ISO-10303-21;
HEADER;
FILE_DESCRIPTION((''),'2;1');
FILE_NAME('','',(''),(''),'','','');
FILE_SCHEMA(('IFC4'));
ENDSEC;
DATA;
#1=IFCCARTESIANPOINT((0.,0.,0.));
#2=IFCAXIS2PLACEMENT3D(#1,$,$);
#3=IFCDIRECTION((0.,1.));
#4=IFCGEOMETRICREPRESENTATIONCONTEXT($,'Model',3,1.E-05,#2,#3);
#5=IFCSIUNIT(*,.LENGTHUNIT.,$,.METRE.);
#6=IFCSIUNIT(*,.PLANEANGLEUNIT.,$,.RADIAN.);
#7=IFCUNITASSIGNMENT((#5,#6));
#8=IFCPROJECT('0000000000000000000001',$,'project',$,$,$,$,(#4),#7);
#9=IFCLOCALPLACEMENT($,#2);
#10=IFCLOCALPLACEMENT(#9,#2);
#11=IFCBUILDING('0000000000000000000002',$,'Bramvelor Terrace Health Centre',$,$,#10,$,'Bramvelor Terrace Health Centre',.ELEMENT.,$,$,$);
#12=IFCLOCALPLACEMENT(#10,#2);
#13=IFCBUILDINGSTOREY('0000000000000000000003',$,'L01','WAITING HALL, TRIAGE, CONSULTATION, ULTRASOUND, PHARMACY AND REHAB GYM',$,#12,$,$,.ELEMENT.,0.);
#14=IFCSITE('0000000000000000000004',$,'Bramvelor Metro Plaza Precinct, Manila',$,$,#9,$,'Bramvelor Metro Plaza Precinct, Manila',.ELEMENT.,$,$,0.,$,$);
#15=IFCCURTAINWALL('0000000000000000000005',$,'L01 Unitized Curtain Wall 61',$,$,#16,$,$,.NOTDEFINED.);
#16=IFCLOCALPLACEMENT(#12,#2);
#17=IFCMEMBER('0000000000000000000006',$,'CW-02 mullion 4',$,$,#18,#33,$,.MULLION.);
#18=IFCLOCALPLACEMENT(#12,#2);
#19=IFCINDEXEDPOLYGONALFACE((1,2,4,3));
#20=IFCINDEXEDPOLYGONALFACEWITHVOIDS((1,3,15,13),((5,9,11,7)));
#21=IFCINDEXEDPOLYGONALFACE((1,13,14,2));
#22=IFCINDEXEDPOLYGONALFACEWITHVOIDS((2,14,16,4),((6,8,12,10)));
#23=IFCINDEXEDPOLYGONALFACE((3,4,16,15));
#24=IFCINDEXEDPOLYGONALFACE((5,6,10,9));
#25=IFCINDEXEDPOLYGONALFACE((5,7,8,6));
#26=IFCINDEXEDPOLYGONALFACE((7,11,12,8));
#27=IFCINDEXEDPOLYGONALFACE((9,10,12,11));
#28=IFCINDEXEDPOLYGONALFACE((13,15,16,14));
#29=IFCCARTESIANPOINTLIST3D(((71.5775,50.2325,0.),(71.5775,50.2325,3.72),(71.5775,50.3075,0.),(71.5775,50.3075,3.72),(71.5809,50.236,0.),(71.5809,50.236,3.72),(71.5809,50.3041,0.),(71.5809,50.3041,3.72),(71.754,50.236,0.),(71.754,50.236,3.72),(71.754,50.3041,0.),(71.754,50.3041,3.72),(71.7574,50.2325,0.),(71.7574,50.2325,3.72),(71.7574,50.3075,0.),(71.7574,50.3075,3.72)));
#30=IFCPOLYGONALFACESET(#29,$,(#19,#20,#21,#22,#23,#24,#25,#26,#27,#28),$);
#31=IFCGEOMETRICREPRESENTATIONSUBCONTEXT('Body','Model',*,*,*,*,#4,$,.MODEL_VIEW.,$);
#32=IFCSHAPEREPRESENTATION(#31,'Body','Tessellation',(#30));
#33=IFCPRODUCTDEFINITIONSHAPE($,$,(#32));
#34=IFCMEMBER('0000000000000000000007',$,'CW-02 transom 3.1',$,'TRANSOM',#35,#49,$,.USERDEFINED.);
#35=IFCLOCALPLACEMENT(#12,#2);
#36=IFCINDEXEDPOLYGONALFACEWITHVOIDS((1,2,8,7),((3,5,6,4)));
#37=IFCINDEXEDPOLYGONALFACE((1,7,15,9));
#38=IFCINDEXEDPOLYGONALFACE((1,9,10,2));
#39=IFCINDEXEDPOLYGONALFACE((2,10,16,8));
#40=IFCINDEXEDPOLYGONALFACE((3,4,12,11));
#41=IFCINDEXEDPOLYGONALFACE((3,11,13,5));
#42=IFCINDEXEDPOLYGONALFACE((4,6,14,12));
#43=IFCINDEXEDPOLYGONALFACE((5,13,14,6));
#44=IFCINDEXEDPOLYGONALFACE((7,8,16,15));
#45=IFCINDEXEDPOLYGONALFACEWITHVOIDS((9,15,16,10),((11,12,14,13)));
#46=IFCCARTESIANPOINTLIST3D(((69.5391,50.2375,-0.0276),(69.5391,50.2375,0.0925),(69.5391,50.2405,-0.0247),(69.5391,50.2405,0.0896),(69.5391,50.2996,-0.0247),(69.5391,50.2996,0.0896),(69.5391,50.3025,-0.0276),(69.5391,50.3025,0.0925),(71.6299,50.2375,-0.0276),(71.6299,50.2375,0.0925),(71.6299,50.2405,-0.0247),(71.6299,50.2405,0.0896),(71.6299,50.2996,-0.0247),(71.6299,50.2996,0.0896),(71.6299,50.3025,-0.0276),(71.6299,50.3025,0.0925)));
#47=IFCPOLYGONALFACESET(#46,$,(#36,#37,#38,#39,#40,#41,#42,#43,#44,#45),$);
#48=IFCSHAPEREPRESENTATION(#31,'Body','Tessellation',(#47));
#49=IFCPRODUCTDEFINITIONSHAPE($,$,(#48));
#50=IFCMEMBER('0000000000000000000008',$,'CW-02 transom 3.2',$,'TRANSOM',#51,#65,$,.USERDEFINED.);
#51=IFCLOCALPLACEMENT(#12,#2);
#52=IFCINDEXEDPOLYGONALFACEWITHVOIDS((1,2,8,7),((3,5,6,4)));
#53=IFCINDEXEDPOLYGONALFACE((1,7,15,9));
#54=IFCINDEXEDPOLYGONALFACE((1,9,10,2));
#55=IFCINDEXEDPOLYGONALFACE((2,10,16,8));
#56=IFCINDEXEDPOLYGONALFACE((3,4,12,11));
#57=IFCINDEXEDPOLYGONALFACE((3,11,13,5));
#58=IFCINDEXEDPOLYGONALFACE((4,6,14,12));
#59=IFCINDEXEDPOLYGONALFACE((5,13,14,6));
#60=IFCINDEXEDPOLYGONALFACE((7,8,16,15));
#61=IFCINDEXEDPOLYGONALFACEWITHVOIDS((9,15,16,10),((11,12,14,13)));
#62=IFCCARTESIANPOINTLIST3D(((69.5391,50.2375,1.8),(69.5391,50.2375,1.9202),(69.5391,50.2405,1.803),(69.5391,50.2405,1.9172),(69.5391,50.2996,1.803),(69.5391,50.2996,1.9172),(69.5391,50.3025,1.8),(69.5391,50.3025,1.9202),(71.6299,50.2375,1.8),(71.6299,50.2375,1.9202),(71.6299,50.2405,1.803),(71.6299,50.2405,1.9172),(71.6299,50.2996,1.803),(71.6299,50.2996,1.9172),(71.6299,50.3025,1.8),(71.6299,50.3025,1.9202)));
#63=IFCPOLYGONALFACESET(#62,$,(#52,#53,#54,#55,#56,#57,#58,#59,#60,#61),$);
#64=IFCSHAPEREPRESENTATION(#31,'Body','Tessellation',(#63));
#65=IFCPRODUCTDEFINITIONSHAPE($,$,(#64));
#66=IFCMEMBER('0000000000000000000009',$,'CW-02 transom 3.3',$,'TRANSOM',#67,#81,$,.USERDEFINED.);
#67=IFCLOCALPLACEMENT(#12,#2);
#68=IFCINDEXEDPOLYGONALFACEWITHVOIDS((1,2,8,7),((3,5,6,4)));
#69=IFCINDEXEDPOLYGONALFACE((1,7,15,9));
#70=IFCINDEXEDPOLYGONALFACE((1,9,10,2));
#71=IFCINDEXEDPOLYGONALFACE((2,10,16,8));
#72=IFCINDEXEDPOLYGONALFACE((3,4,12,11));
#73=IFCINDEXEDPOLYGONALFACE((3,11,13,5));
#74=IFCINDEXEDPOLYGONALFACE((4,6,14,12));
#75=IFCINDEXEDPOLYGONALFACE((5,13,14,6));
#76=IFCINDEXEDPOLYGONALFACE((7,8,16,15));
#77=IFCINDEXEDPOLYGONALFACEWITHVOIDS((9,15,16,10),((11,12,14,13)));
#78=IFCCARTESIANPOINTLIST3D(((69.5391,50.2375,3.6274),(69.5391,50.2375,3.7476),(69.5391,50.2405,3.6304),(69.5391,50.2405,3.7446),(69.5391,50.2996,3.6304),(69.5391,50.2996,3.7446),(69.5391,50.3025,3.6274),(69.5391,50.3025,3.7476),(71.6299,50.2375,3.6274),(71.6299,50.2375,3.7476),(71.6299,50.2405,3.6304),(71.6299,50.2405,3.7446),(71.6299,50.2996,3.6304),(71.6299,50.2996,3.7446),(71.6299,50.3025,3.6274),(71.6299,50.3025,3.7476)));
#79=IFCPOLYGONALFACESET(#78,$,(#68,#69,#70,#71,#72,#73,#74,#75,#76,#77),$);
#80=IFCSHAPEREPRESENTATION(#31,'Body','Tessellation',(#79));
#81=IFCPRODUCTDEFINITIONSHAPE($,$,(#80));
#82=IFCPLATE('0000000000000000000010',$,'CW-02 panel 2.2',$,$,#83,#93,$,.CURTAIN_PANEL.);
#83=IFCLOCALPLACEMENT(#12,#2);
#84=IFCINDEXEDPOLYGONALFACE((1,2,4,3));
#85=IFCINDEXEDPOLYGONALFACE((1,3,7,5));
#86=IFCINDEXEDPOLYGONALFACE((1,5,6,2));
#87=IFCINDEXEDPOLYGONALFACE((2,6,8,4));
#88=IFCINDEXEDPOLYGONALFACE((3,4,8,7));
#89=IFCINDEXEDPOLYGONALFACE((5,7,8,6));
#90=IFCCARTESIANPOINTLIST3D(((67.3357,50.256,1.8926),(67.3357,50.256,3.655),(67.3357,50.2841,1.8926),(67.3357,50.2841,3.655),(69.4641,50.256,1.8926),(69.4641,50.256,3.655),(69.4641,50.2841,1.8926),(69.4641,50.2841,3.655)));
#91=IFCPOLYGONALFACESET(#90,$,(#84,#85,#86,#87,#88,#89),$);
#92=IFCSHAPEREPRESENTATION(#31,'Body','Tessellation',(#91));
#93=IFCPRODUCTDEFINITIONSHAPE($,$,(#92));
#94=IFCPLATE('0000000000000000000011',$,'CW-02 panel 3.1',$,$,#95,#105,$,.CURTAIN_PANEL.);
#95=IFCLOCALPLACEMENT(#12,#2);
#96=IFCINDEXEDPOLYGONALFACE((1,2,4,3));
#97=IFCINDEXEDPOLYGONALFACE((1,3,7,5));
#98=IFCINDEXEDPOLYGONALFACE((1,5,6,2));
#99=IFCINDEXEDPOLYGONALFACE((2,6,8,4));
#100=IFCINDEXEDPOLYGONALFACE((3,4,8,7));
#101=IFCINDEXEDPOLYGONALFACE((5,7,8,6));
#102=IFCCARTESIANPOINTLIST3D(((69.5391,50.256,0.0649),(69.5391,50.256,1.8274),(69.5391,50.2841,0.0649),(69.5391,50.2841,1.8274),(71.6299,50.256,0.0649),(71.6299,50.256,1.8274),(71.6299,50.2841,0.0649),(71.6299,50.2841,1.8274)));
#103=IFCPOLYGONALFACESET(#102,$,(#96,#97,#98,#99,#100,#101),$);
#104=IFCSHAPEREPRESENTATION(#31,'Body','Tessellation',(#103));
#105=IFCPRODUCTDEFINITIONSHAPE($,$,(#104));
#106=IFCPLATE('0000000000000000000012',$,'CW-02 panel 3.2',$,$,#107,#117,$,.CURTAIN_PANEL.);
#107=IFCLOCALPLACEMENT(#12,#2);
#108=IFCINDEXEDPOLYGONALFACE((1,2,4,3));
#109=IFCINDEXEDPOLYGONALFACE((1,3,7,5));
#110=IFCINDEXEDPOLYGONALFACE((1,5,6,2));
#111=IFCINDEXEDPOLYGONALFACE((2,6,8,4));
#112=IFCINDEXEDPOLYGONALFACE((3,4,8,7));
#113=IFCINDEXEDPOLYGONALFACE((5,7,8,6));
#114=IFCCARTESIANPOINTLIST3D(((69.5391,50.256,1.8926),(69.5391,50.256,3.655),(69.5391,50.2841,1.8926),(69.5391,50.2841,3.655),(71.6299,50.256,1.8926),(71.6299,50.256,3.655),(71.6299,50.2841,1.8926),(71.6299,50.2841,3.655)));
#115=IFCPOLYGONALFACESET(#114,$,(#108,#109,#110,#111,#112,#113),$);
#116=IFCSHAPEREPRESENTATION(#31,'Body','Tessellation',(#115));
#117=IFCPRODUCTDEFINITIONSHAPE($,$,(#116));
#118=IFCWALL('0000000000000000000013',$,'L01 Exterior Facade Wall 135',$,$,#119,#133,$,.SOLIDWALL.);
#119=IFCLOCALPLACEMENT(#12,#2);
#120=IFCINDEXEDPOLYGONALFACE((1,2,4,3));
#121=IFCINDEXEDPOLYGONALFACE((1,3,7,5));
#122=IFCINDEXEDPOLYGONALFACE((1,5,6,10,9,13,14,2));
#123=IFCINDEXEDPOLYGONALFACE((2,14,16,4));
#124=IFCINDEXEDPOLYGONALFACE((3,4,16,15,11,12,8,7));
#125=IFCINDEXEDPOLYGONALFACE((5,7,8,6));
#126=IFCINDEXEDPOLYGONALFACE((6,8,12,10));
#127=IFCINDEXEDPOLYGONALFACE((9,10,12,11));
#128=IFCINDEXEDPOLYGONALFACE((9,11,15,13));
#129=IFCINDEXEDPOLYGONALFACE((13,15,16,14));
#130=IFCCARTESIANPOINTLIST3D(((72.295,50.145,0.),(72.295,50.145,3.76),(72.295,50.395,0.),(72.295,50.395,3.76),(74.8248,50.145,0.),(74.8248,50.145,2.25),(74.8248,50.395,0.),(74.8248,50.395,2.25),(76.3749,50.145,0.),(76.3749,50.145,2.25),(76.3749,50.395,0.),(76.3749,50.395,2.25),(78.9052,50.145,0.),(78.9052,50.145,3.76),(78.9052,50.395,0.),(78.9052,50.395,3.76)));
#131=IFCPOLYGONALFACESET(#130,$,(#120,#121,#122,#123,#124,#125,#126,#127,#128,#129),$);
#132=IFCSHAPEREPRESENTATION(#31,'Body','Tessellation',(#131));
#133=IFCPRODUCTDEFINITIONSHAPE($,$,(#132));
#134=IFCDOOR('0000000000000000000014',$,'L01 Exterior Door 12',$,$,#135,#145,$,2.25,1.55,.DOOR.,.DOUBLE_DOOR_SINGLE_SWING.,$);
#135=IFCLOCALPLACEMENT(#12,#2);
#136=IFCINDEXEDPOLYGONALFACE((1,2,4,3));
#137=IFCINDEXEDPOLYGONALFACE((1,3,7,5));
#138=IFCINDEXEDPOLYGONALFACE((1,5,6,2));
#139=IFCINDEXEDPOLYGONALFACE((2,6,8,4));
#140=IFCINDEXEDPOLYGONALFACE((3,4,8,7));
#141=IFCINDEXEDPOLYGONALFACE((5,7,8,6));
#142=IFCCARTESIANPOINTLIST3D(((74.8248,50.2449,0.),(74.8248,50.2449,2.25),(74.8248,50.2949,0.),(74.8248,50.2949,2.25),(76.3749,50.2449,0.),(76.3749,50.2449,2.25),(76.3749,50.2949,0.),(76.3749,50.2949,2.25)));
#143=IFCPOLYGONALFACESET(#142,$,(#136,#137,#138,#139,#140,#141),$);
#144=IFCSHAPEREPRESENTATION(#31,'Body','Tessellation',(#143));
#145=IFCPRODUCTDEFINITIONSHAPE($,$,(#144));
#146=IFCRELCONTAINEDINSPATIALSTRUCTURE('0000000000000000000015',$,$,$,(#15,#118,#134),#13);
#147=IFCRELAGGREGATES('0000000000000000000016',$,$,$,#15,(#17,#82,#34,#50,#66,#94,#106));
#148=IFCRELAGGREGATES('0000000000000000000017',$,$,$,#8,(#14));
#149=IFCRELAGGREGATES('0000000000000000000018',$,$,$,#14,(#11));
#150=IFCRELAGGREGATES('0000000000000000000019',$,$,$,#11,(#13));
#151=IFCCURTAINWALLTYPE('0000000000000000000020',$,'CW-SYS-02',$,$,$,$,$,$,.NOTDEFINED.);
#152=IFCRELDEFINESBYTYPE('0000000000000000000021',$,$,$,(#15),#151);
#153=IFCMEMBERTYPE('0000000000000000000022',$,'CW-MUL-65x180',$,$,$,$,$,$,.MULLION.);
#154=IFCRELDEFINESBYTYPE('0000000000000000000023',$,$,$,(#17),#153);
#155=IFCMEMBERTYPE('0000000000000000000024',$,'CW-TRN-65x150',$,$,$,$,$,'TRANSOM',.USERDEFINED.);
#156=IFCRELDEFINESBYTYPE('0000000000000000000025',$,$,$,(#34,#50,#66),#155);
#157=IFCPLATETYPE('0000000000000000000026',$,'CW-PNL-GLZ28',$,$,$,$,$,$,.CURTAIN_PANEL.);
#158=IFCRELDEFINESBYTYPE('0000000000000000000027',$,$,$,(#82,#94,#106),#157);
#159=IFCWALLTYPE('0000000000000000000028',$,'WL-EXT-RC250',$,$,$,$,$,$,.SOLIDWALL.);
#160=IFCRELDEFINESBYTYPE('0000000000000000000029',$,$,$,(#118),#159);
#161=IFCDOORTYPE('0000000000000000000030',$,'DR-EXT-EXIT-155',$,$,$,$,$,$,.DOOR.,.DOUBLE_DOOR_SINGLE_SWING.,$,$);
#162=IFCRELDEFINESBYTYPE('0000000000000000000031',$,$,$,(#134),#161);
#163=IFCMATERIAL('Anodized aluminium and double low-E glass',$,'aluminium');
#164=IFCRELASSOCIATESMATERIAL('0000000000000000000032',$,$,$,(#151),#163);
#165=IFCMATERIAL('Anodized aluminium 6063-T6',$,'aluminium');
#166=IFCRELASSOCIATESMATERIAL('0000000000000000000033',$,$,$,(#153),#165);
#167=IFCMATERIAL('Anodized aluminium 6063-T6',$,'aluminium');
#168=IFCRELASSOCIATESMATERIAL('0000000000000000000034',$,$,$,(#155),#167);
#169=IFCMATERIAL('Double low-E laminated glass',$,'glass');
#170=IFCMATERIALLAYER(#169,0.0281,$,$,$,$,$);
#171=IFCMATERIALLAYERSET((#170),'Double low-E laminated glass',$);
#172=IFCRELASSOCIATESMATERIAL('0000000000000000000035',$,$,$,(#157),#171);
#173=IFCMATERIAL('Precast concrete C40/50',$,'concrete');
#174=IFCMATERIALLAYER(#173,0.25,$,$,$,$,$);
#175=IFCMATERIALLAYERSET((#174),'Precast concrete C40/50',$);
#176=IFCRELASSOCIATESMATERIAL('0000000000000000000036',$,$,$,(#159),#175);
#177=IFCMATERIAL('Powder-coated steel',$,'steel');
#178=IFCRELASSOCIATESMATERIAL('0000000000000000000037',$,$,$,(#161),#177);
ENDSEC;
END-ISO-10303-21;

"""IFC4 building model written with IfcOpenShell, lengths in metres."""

from ifc_helpers import new_model, si_unit, direction, frame, frame_2d, origin, origin_2d, place, context, subcontext, project, spatial, rectangle, hollow_rectangle, extrude, material, layer, layer_set, material_profile, profile_set, type_object, element, fill, aggregate, save


model = new_model("IFC4")

# Units and contexts
model_context = context("Model", 3, precision=1e-05, world=origin(), true_north=direction((0.0, 1.0)))
body_context = subcontext(model_context, "Body", "Model", "MODEL_VIEW")
ifc_project = project(units=[si_unit("LENGTHUNIT", "METRE"), si_unit("PLANEANGLEUNIT", "RADIAN")], contexts=[model_context])

# Site, building, storey
site_placement = place(None, origin())
site = spatial("IfcSite", under=ifc_project, at=site_placement, Name="Bramvelor Metro Plaza Precinct, Manila", LongName="Bramvelor Metro Plaza Precinct, Manila", CompositionType="ELEMENT", RefElevation=0.0)
building_placement = place(site_placement, origin())
building = spatial("IfcBuilding", under=site, at=building_placement, Name="Bramvelor Terrace Health Centre", LongName="Bramvelor Terrace Health Centre", CompositionType="ELEMENT")
storey_placement = place(building_placement, origin())
storey = spatial("IfcBuildingStorey", under=building, at=storey_placement, Name="L01", Description="WAITING HALL, TRIAGE, CONSULTATION, ULTRASOUND, PHARMACY AND REHAB GYM", CompositionType="ELEMENT", Elevation=0.0)

# Curtain wall, members, plates
ifc_material_1 = material(Name="Anodized aluminium and double low-E glass", Category="aluminium")
curtain_wall_type = type_object("IfcCurtainWallType", Name="CW-SYS-02", PredefinedType="NOTDEFINED", material=ifc_material_1)
curtain_wall_placement = place(storey_placement, origin())
curtain_wall = element("IfcCurtainWall", 1, at=curtain_wall_placement, inside=storey, type_object=curtain_wall_type, Name="L01 Unitized Curtain Wall 61", PredefinedType="NOTDEFINED")
ifc_material_2 = material(Name="Anodized aluminium 6063-T6", Category="aluminium")
ifc_material_profile_1 = material_profile(ifc_material_2, hollow_rectangle(XDim=0.075, YDim=0.1799, WallThickness=0.0034, at=origin_2d()), Name="ALU-MUL 75x180x3.5")
ifc_profile_set_1 = profile_set([ifc_material_profile_1], Name="Anodized aluminium 6063-T6")
member_type_1 = type_object("IfcMemberType", Name="CW-MUL-65x180", PredefinedType="MULLION", material=ifc_profile_set_1)
member_1_placement = place(storey_placement, frame((71.6675, 50.27, 0.0), z_axis=(0.0, 0.0, 1.0), x_axis=(0.0, 1.0, 0.0)))
member_1 = element("IfcMember", 2, at=member_1_placement, type_object=member_type_1, Name="CW-02 mullion 4", PredefinedType="MULLION", context=body_context, shape_type="SweptSolid", body=[
    extrude(hollow_rectangle(XDim=0.075, YDim=0.1799, WallThickness=0.0034, at=origin_2d()), origin(), (0.0, 0.0, 1.0), 3.72),
])
ifc_material_3 = material(Name="Anodized aluminium 6063-T6", Category="aluminium")
ifc_material_profile_2 = material_profile(ifc_material_3, hollow_rectangle(XDim=0.0649, YDim=0.1201, WallThickness=0.0029, at=origin_2d()), Name="ALU-TRN 65x120x3.0")
ifc_profile_set_2 = profile_set([ifc_material_profile_2], Name="Anodized aluminium 6063-T6")
member_type_2 = type_object("IfcMemberType", Name="CW-TRN-65x150", ElementType="TRANSOM", PredefinedType="USERDEFINED", material=ifc_profile_set_2)
member_2_placement = place(storey_placement, frame((69.5391, 50.27, 0.0325), z_axis=(1.0, 0.0, 0.0), x_axis=(0.0, 1.0, 0.0)))
member_2 = element("IfcMember", 3, at=member_2_placement, type_object=member_type_2, Name="CW-02 transom 3.1", ObjectType="TRANSOM", PredefinedType="USERDEFINED", context=body_context, shape_type="SweptSolid", body=[
    extrude(hollow_rectangle(XDim=0.0649, YDim=0.1201, WallThickness=0.0029, at=origin_2d()), origin(), (0.0, 0.0, 1.0), 2.0908),
])
member_3_placement = place(storey_placement, frame((69.5391, 50.27, 1.8601), z_axis=(1.0, 0.0, 0.0), x_axis=(0.0, 1.0, 0.0)))
member_3 = element("IfcMember", 4, at=member_3_placement, type_object=member_type_2, Name="CW-02 transom 3.2", ObjectType="TRANSOM", PredefinedType="USERDEFINED", context=body_context, shape_type="SweptSolid", body=[
    extrude(hollow_rectangle(XDim=0.0649, YDim=0.1201, WallThickness=0.0029, at=origin_2d()), origin(), (0.0, 0.0, 1.0), 2.0908),
])
member_4_placement = place(storey_placement, frame((69.5391, 50.27, 3.6875), z_axis=(1.0, 0.0, 0.0), x_axis=(0.0, 1.0, 0.0)))
member_4 = element("IfcMember", 5, at=member_4_placement, type_object=member_type_2, Name="CW-02 transom 3.3", ObjectType="TRANSOM", PredefinedType="USERDEFINED", context=body_context, shape_type="SweptSolid", body=[
    extrude(hollow_rectangle(XDim=0.0649, YDim=0.1201, WallThickness=0.0029, at=origin_2d()), origin(), (0.0, 0.0, 1.0), 2.0908),
])
ifc_material_4 = material(Name="Double low-E laminated glass", Category="glass")
ifc_layer_1 = layer(ifc_material_4, 0.0281)
ifc_layer_set_1 = layer_set([ifc_layer_1], Name="Double low-E laminated glass")
plate_type = type_object("IfcPlateType", Name="CW-PNL-GLZ28", PredefinedType="CURTAIN_PANEL", material=ifc_layer_set_1)
plate_1_placement = place(storey_placement, frame((68.3999, 50.27, 1.8926), z_axis=(0.0, 0.0, 1.0), x_axis=(1.0, 0.0, 0.0)))
plate_1 = element("IfcPlate", 6, at=plate_1_placement, type_object=plate_type, Name="CW-02 panel 2.2", PredefinedType="CURTAIN_PANEL", context=body_context, shape_type="SweptSolid", body=[
    extrude(rectangle(XDim=2.1284, YDim=0.0281, at=origin_2d()), origin(), (0.0, 0.0, 1.0), 1.7625),
])
plate_2_placement = place(storey_placement, frame((70.5845, 50.27, 0.0649), z_axis=(0.0, 0.0, 1.0), x_axis=(1.0, 0.0, 0.0)))
plate_2 = element("IfcPlate", 7, at=plate_2_placement, type_object=plate_type, Name="CW-02 panel 3.1", PredefinedType="CURTAIN_PANEL", context=body_context, shape_type="SweptSolid", body=[
    extrude(rectangle(XDim=2.0908, YDim=0.0281, at=origin_2d()), origin(), (0.0, 0.0, 1.0), 1.7625),
])
plate_3_placement = place(storey_placement, frame((70.5845, 50.27, 1.8926), z_axis=(0.0, 0.0, 1.0), x_axis=(1.0, 0.0, 0.0)))
plate_3 = element("IfcPlate", 8, at=plate_3_placement, type_object=plate_type, Name="CW-02 panel 3.2", PredefinedType="CURTAIN_PANEL", context=body_context, shape_type="SweptSolid", body=[
    extrude(rectangle(XDim=2.0908, YDim=0.0281, at=origin_2d()), origin(), (0.0, 0.0, 1.0), 1.7625),
])
aggregate(curtain_wall, [member_1, plate_1, member_2, member_3, member_4, plate_2, plate_3])

# Wall, opening, door
ifc_material_5 = material(Name="Precast concrete C40/50", Category="concrete")
ifc_layer_2 = layer(ifc_material_5, 0.25)
ifc_layer_set_2 = layer_set([ifc_layer_2], Name="Precast concrete C40/50")
wall_type = type_object("IfcWallType", Name="WL-EXT-RC250", PredefinedType="SOLIDWALL", material=ifc_layer_set_2)
wall_placement = place(storey_placement, frame((72.2949, 50.27, 0.0), z_axis=(0.0, 0.0, 1.0), x_axis=(1.0, 0.0, 0.0)))
wall = element("IfcWall", 9, at=wall_placement, inside=storey, type_object=wall_type, Name="L01 Exterior Facade Wall 135", PredefinedType="SOLIDWALL", context=body_context, shape_type="SweptSolid", body=[
    extrude(rectangle(XDim=6.6101, YDim=0.25, at=frame_2d((3.3052, 0.0))), origin(), (0.0, 0.0, 1.0), 3.76),
])
opening_placement = place(wall_placement, frame((2.53, 0.0, 0.0)))
opening = element("IfcOpeningElement", 10, at=opening_placement, cuts=wall, PredefinedType="OPENING", context=body_context, shape_type="SweptSolid", body=[
    extrude(rectangle(XDim=1.55, YDim=2.25, at=frame_2d((0.7749, 1.125))), frame((0.0, 0.135, 0.0), z_axis=(0.0, -1.0, 0.0), x_axis=(1.0, 0.0, 0.0)), (0.0, 0.0, 1.0), 0.27),
])
ifc_material_6 = material(Name="Powder-coated steel", Category="steel")
door_type = type_object("IfcDoorType", Name="DR-EXT-EXIT-155", OperationType="DOUBLE_DOOR_SINGLE_SWING", PredefinedType="DOOR", material=ifc_material_6)
door_placement = place(opening_placement, origin())
door = element("IfcDoor", 11, at=door_placement, inside=storey, type_object=door_type, Name="L01 Exterior Door 12", OperationType="DOUBLE_DOOR_SINGLE_SWING", OverallHeight=2.25, OverallWidth=1.55, PredefinedType="DOOR", context=body_context, shape_type="SweptSolid", body=[
    extrude(rectangle(XDim=1.55, YDim=2.25, at=frame_2d((0.7749, 1.125))), frame((0.0, 0.0249, 0.0), z_axis=(0.0, -1.0, 0.0), x_axis=(1.0, 0.0, 0.0)), (0.0, 0.0, 1.0), 0.05),
])
fill(opening, door)

save(model, "model.ifc")
